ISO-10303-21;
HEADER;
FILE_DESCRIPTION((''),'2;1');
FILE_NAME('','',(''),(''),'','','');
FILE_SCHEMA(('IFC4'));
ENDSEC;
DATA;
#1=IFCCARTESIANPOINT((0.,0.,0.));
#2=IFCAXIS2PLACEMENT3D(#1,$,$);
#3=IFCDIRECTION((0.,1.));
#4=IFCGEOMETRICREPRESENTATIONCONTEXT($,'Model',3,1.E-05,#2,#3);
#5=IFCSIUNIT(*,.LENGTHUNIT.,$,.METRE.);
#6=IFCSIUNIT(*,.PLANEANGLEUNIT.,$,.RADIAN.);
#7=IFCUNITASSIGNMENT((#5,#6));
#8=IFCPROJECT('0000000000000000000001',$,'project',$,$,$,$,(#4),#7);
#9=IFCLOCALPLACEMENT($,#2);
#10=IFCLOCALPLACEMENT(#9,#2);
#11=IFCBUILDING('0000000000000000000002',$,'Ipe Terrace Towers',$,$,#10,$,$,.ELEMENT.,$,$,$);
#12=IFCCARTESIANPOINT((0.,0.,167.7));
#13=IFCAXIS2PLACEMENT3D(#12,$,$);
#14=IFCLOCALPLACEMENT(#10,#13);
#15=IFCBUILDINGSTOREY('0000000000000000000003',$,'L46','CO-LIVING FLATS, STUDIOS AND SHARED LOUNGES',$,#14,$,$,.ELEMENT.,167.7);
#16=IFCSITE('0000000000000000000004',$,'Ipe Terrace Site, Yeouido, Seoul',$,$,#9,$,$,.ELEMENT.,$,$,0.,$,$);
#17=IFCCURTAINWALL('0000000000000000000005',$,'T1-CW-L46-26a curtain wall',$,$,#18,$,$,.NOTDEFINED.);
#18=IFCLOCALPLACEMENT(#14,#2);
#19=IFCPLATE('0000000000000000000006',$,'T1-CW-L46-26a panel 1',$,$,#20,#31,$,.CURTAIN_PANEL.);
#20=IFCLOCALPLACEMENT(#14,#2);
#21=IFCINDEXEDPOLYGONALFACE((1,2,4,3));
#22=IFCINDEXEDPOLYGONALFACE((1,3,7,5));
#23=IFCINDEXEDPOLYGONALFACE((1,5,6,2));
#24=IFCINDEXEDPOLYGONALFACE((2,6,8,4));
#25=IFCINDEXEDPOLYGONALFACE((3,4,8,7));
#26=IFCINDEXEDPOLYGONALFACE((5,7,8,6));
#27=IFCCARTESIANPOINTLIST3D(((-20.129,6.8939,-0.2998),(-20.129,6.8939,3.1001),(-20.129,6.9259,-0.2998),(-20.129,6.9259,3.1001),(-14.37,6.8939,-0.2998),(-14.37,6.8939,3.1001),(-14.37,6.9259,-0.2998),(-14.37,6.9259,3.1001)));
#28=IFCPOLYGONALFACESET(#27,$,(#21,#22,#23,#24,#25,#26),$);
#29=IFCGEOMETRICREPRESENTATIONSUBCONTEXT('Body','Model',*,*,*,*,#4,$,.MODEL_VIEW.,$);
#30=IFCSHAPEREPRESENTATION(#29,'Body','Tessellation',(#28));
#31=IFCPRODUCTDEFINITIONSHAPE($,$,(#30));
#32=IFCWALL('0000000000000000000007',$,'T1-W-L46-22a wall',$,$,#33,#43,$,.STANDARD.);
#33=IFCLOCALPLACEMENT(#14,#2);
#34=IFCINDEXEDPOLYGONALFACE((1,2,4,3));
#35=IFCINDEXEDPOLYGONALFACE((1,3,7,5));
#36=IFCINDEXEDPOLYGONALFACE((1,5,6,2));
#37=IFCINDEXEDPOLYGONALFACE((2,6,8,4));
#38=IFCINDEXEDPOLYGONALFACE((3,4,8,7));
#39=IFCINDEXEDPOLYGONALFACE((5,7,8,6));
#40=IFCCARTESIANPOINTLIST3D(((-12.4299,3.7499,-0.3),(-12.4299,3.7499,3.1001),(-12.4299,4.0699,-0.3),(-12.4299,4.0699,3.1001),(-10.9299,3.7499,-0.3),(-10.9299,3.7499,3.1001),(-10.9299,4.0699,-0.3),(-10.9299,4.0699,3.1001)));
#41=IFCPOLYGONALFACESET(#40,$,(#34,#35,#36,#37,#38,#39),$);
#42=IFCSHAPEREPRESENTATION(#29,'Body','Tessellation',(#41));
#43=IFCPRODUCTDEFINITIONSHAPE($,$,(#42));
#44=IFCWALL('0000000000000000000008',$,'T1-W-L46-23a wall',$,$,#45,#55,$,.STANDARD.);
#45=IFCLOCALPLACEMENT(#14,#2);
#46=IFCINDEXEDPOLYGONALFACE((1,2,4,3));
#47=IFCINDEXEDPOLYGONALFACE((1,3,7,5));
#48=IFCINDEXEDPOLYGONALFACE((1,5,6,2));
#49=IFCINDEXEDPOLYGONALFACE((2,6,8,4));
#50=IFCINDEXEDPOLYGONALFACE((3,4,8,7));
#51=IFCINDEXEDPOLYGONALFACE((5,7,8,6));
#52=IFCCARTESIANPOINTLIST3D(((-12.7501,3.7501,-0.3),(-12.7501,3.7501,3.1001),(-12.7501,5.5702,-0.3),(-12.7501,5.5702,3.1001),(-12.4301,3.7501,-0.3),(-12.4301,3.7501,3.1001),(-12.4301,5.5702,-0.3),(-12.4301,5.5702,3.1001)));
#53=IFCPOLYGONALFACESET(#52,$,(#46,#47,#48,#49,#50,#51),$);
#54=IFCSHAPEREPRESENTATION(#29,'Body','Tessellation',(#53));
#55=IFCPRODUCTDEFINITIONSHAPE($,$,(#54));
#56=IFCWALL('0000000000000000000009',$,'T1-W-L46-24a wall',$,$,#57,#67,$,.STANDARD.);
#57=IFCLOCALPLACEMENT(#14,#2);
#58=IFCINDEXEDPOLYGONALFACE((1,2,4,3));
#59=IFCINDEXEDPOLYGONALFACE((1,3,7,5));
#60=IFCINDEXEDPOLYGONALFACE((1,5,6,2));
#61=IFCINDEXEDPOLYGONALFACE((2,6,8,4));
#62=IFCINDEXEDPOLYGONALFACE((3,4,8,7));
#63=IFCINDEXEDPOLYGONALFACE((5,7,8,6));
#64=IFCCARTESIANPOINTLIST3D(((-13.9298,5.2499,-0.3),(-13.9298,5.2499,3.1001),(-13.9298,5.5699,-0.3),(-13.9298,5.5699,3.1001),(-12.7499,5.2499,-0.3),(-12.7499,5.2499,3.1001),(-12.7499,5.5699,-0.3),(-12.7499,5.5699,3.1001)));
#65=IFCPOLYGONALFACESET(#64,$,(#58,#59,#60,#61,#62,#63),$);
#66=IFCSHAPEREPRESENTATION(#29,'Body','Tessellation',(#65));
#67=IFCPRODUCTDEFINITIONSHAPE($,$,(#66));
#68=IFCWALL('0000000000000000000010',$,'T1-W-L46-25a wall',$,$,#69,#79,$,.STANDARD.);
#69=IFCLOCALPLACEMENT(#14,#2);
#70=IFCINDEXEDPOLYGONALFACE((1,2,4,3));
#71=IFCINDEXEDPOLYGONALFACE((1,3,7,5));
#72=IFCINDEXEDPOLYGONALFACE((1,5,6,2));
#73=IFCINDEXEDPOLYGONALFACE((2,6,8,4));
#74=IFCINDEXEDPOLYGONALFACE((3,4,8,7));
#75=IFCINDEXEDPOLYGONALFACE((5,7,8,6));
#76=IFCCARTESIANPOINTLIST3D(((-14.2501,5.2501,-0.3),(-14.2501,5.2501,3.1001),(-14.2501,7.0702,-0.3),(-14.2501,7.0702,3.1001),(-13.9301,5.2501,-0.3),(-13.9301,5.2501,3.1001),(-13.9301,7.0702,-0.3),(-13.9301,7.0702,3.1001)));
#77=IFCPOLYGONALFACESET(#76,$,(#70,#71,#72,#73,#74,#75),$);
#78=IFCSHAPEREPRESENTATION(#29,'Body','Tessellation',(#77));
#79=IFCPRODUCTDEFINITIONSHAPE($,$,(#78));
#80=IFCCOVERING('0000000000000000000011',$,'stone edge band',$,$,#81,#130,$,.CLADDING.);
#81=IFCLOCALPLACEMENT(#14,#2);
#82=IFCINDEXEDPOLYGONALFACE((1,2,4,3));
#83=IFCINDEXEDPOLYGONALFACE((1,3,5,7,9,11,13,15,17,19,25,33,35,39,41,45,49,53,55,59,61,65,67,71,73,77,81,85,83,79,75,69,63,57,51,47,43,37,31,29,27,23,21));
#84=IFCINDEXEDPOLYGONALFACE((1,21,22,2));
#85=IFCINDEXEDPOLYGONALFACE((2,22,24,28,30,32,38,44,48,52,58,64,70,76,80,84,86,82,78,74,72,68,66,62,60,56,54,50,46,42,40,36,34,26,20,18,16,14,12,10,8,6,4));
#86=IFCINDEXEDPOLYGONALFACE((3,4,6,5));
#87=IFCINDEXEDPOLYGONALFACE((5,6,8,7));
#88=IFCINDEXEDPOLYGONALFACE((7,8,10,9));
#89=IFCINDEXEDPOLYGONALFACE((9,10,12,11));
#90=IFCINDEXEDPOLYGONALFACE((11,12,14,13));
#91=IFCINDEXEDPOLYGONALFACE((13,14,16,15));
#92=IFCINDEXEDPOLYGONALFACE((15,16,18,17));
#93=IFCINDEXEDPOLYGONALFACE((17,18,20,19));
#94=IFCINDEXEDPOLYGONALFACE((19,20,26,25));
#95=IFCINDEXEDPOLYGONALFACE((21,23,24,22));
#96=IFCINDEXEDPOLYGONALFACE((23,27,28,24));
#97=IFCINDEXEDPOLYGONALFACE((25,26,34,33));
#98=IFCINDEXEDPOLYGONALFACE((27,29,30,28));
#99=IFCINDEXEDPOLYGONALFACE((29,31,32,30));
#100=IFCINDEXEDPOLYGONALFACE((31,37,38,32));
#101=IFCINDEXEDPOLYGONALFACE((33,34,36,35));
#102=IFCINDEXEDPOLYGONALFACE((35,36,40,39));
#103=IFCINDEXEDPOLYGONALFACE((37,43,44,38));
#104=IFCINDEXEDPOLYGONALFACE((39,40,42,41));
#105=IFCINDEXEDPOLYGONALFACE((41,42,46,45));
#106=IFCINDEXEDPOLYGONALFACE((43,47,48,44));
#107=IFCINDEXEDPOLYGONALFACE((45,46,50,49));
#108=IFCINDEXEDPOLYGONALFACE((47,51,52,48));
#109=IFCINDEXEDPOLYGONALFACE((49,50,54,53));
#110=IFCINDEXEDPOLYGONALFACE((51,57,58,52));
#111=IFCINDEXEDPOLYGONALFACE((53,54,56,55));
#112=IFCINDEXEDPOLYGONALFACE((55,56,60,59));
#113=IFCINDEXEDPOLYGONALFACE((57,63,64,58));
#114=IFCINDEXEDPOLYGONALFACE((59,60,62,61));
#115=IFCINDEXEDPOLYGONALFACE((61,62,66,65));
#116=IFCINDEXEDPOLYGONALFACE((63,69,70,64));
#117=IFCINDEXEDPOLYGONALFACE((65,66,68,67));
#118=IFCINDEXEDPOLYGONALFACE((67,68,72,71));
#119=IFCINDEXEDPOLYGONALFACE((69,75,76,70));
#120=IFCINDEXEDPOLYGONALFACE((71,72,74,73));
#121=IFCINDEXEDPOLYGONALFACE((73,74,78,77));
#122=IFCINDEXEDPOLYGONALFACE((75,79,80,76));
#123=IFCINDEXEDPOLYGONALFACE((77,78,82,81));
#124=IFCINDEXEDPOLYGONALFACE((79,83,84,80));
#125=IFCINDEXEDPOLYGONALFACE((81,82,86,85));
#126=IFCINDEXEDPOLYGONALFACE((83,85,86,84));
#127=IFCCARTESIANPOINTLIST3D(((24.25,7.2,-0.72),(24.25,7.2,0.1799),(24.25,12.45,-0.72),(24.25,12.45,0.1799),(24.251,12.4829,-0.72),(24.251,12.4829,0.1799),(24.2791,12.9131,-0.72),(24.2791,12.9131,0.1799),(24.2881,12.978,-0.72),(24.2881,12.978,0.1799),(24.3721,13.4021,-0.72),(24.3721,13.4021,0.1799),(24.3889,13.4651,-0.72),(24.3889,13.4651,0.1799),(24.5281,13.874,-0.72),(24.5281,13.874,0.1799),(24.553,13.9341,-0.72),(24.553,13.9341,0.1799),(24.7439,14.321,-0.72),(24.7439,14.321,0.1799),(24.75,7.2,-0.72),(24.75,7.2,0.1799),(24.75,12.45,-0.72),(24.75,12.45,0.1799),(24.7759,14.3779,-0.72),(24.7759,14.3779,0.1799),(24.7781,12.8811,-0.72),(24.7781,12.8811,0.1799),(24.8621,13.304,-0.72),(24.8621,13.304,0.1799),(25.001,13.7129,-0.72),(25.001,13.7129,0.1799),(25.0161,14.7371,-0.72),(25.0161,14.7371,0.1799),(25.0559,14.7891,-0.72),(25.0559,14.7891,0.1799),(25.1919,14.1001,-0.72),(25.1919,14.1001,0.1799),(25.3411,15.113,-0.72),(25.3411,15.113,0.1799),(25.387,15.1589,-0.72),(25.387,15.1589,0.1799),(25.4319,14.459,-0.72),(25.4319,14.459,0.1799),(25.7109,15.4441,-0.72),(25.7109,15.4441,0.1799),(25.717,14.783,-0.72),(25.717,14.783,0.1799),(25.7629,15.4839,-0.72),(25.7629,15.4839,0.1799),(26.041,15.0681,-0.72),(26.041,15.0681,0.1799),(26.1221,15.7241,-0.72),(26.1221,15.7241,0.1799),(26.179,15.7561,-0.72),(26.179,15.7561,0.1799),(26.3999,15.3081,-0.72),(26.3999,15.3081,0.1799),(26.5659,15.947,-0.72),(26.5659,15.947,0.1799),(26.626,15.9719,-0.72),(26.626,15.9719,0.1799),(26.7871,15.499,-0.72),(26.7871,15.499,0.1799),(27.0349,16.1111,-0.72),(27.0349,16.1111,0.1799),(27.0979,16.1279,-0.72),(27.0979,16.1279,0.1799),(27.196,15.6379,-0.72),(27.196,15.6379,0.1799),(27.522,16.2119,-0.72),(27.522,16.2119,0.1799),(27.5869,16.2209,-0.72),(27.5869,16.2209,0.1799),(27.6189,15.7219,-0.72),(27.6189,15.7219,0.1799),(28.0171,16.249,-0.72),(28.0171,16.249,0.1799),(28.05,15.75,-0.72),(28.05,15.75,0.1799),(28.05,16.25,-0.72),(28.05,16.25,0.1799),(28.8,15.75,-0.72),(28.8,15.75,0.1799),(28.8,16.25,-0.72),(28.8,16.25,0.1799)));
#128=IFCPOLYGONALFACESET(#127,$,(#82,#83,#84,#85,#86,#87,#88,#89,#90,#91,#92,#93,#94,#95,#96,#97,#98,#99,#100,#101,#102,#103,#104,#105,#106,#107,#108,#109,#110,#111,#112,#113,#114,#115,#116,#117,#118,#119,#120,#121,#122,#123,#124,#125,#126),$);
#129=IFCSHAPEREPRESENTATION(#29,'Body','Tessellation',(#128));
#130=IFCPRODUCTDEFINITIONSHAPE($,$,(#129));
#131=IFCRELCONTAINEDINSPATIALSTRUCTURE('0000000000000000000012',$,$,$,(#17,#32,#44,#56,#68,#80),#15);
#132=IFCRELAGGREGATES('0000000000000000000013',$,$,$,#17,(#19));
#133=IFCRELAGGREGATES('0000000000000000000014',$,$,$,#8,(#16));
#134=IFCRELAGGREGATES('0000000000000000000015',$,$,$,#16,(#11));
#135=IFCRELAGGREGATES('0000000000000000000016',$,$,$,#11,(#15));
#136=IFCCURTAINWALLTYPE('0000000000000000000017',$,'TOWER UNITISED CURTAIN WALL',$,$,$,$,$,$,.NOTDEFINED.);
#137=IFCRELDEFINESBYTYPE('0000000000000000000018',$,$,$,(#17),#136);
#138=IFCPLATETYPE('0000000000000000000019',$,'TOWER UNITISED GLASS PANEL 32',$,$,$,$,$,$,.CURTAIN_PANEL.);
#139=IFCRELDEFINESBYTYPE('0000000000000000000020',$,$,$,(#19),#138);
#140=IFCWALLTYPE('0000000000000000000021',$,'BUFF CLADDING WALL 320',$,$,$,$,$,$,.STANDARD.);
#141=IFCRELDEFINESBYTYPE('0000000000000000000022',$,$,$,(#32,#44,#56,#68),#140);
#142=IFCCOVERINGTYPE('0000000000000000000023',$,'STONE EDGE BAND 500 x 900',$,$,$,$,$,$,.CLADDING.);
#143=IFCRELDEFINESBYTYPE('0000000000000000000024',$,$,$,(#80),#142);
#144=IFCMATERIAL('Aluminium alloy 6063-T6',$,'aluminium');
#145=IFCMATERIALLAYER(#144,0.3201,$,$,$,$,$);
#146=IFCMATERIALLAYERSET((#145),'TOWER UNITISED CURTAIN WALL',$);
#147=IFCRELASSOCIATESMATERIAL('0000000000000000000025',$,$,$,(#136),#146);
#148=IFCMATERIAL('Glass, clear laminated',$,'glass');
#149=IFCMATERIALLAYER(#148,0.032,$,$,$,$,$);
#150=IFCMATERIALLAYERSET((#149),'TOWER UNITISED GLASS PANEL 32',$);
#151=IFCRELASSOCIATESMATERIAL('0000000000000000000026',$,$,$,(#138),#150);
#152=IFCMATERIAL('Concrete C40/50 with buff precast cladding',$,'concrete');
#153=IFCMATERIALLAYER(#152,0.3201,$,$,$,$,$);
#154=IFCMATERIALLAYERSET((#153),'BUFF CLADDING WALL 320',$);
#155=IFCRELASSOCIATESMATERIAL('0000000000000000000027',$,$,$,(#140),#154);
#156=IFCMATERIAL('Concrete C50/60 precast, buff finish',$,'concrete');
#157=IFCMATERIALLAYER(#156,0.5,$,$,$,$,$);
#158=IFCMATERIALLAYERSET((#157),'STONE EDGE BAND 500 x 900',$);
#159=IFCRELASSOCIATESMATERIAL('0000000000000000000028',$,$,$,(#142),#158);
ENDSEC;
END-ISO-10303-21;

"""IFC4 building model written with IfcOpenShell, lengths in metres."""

from ifc_helpers import new_model, si_unit, direction, frame, frame_2d, origin, origin_2d, place, context, subcontext, project, spatial, polyline, rectangle, outline, extrude, material, layer, layer_set, type_object, element, aggregate, save


model = new_model("IFC4")

# Units and contexts
model_context = context("Model", 3, precision=1e-05, world=origin(), true_north=direction((0.0, 1.0)))
body_context = subcontext(model_context, "Body", "Model", "MODEL_VIEW")
ifc_project = project(units=[si_unit("LENGTHUNIT", "METRE"), si_unit("PLANEANGLEUNIT", "RADIAN")], contexts=[model_context])

# Site, building, storey
site_placement = place(None, origin())
site = spatial("IfcSite", under=ifc_project, at=site_placement, Name="Ipe Terrace Site, Yeouido, Seoul", CompositionType="ELEMENT", RefElevation=0.0)
building_placement = place(site_placement, origin())
building = spatial("IfcBuilding", under=site, at=building_placement, Name="Ipe Terrace Towers", CompositionType="ELEMENT")
storey_placement = place(building_placement, frame((0.0, 0.0, 167.7)))
storey = spatial("IfcBuildingStorey", under=building, at=storey_placement, Name="L46", Description="CO-LIVING FLATS, STUDIOS AND SHARED LOUNGES", CompositionType="ELEMENT", Elevation=167.7)

# Shared definitions
ifc_material_1 = material(Name="Aluminium alloy 6063-T6", Category="aluminium")
ifc_layer_1 = layer(ifc_material_1, 0.3201)
ifc_layer_set_1 = layer_set([ifc_layer_1], Name="TOWER UNITISED CURTAIN WALL")
curtain_wall_type = type_object("IfcCurtainWallType", Name="TOWER UNITISED CURTAIN WALL", PredefinedType="NOTDEFINED", material=ifc_layer_set_1)

# Curtain wall
curtain_wall_1_placement = place(storey_placement, origin())
curtain_wall_1 = element("IfcCurtainWall", 1, at=curtain_wall_1_placement, inside=storey, type_object=curtain_wall_type, Name="T1-CW-L46-26a curtain wall", PredefinedType="NOTDEFINED")

# Plate
ifc_material_2 = material(Name="Glass, clear laminated", Category="glass")
ifc_layer_2 = layer(ifc_material_2, 0.032)
ifc_layer_set_2 = layer_set([ifc_layer_2], Name="TOWER UNITISED GLASS PANEL 32")
plate_type = type_object("IfcPlateType", Name="TOWER UNITISED GLASS PANEL 32", PredefinedType="CURTAIN_PANEL", material=ifc_layer_set_2)
plate_1_placement = place(storey_placement, frame((-17.2495, 6.9099, -0.2998), z_axis=(0.0, 0.0, 1.0), x_axis=(-1.0, 0.0, 0.0)))
plate_1 = element("IfcPlate", 2, at=plate_1_placement, type_object=plate_type, Name="T1-CW-L46-26a panel 1", PredefinedType="CURTAIN_PANEL", context=body_context, shape_type="SweptSolid", body=[
    extrude(rectangle(XDim=5.759, YDim=0.032, at=origin_2d()), origin(), (0.0, 0.0, 1.0), 3.3999),
])
aggregate(curtain_wall_1, [plate_1])

# Walls
ifc_material_3 = material(Name="Concrete C40/50 with buff precast cladding", Category="concrete")
ifc_layer_3 = layer(ifc_material_3, 0.3201)
ifc_layer_set_3 = layer_set([ifc_layer_3], Name="BUFF CLADDING WALL 320")
wall_type = type_object("IfcWallType", Name="BUFF CLADDING WALL 320", PredefinedType="STANDARD", material=ifc_layer_set_3)
wall_1_placement = place(storey_placement, frame((-10.9299, 3.9099, -0.3), z_axis=(0.0, 0.0, 1.0), x_axis=(-1.0, 0.0, 0.0)))
element("IfcWall", 3, at=wall_1_placement, inside=storey, type_object=wall_type, Name="T1-W-L46-22a wall", PredefinedType="STANDARD", context=body_context, shape_type="SweptSolid", body=[
    extrude(rectangle(XDim=1.5, YDim=0.3201, at=frame_2d((0.75, 0.0))), origin(), (0.0, 0.0, 1.0), 3.4001),
])
wall_2_placement = place(storey_placement, frame((-12.5901, 3.75, -0.3), z_axis=(0.0, 0.0, 1.0), x_axis=(0.0, 1.0, 0.0)))
element("IfcWall", 4, at=wall_2_placement, inside=storey, type_object=wall_type, Name="T1-W-L46-23a wall", PredefinedType="STANDARD", context=body_context, shape_type="SweptSolid", body=[
    extrude(rectangle(XDim=1.8201, YDim=0.3201, at=frame_2d((0.9102, 0.0))), origin(), (0.0, 0.0, 1.0), 3.4001),
])
wall_3_placement = place(storey_placement, frame((-12.75, 5.4099, -0.3), z_axis=(0.0, 0.0, 1.0), x_axis=(-1.0, 0.0, 0.0)))
element("IfcWall", 5, at=wall_3_placement, inside=storey, type_object=wall_type, Name="T1-W-L46-24a wall", PredefinedType="STANDARD", context=body_context, shape_type="SweptSolid", body=[
    extrude(rectangle(XDim=1.1799, YDim=0.3201, at=frame_2d((0.5898, 0.0))), origin(), (0.0, 0.0, 1.0), 3.4001),
])
wall_4_placement = place(storey_placement, frame((-14.0901, 5.25, -0.3), z_axis=(0.0, 0.0, 1.0), x_axis=(0.0, 1.0, 0.0)))
element("IfcWall", 6, at=wall_4_placement, inside=storey, type_object=wall_type, Name="T1-W-L46-25a wall", PredefinedType="STANDARD", context=body_context, shape_type="SweptSolid", body=[
    extrude(rectangle(XDim=1.8201, YDim=0.3201, at=frame_2d((0.9102, 0.0))), origin(), (0.0, 0.0, 1.0), 3.4001),
])

# Covering
ifc_material_4 = material(Name="Concrete C50/60 precast, buff finish", Category="concrete")
ifc_layer_4 = layer(ifc_material_4, 0.5)
ifc_layer_set_4 = layer_set([ifc_layer_4], Name="STONE EDGE BAND 500 x 900")
covering_type = type_object("IfcCoveringType", Name="STONE EDGE BAND 500 x 900", PredefinedType="CLADDING", material=ifc_layer_set_4)
covering_placement = place(storey_placement, frame((0.0, 0.0, -0.72)))
element("IfcCovering", 7, at=covering_placement, inside=storey, type_object=covering_type, Name="stone edge band", PredefinedType="CLADDING", context=body_context, shape_type="SweptSolid", body=[
    extrude(outline(polyline([(24.25, 12.45), (24.25, 7.2), (24.75, 7.2), (24.75, 12.45), (24.7781, 12.8811), (24.8621, 13.304), (25.001, 13.7129), (25.1919, 14.1001), (25.4319, 14.459), (25.717, 14.783), (26.041, 15.0681), (26.3999, 15.3081), (26.7871, 15.499), (27.196, 15.6379), (27.6189, 15.7219), (28.05, 15.75), (28.8, 15.75), (28.8, 16.25), (28.05, 16.25), (28.0171, 16.249), (27.5869, 16.2209), (27.522, 16.2119), (27.0979, 16.1279), (27.0349, 16.1111), (26.626, 15.9719), (26.5659, 15.947), (26.179, 15.7561), (26.1221, 15.7241), (25.7629, 15.4839), (25.7109, 15.4441), (25.387, 15.1589), (25.3411, 15.113), (25.0559, 14.7891), (25.0161, 14.7371), (24.7759, 14.3779), (24.7439, 14.321), (24.553, 13.9341), (24.5281, 13.874), (24.3889, 13.4651), (24.3721, 13.4021), (24.2881, 12.978), (24.2791, 12.9131), (24.251, 12.4829), (24.25, 12.45)])), origin(), (0.0, 0.0, 1.0), 0.8999),
])

save(model, "model.ifc")
